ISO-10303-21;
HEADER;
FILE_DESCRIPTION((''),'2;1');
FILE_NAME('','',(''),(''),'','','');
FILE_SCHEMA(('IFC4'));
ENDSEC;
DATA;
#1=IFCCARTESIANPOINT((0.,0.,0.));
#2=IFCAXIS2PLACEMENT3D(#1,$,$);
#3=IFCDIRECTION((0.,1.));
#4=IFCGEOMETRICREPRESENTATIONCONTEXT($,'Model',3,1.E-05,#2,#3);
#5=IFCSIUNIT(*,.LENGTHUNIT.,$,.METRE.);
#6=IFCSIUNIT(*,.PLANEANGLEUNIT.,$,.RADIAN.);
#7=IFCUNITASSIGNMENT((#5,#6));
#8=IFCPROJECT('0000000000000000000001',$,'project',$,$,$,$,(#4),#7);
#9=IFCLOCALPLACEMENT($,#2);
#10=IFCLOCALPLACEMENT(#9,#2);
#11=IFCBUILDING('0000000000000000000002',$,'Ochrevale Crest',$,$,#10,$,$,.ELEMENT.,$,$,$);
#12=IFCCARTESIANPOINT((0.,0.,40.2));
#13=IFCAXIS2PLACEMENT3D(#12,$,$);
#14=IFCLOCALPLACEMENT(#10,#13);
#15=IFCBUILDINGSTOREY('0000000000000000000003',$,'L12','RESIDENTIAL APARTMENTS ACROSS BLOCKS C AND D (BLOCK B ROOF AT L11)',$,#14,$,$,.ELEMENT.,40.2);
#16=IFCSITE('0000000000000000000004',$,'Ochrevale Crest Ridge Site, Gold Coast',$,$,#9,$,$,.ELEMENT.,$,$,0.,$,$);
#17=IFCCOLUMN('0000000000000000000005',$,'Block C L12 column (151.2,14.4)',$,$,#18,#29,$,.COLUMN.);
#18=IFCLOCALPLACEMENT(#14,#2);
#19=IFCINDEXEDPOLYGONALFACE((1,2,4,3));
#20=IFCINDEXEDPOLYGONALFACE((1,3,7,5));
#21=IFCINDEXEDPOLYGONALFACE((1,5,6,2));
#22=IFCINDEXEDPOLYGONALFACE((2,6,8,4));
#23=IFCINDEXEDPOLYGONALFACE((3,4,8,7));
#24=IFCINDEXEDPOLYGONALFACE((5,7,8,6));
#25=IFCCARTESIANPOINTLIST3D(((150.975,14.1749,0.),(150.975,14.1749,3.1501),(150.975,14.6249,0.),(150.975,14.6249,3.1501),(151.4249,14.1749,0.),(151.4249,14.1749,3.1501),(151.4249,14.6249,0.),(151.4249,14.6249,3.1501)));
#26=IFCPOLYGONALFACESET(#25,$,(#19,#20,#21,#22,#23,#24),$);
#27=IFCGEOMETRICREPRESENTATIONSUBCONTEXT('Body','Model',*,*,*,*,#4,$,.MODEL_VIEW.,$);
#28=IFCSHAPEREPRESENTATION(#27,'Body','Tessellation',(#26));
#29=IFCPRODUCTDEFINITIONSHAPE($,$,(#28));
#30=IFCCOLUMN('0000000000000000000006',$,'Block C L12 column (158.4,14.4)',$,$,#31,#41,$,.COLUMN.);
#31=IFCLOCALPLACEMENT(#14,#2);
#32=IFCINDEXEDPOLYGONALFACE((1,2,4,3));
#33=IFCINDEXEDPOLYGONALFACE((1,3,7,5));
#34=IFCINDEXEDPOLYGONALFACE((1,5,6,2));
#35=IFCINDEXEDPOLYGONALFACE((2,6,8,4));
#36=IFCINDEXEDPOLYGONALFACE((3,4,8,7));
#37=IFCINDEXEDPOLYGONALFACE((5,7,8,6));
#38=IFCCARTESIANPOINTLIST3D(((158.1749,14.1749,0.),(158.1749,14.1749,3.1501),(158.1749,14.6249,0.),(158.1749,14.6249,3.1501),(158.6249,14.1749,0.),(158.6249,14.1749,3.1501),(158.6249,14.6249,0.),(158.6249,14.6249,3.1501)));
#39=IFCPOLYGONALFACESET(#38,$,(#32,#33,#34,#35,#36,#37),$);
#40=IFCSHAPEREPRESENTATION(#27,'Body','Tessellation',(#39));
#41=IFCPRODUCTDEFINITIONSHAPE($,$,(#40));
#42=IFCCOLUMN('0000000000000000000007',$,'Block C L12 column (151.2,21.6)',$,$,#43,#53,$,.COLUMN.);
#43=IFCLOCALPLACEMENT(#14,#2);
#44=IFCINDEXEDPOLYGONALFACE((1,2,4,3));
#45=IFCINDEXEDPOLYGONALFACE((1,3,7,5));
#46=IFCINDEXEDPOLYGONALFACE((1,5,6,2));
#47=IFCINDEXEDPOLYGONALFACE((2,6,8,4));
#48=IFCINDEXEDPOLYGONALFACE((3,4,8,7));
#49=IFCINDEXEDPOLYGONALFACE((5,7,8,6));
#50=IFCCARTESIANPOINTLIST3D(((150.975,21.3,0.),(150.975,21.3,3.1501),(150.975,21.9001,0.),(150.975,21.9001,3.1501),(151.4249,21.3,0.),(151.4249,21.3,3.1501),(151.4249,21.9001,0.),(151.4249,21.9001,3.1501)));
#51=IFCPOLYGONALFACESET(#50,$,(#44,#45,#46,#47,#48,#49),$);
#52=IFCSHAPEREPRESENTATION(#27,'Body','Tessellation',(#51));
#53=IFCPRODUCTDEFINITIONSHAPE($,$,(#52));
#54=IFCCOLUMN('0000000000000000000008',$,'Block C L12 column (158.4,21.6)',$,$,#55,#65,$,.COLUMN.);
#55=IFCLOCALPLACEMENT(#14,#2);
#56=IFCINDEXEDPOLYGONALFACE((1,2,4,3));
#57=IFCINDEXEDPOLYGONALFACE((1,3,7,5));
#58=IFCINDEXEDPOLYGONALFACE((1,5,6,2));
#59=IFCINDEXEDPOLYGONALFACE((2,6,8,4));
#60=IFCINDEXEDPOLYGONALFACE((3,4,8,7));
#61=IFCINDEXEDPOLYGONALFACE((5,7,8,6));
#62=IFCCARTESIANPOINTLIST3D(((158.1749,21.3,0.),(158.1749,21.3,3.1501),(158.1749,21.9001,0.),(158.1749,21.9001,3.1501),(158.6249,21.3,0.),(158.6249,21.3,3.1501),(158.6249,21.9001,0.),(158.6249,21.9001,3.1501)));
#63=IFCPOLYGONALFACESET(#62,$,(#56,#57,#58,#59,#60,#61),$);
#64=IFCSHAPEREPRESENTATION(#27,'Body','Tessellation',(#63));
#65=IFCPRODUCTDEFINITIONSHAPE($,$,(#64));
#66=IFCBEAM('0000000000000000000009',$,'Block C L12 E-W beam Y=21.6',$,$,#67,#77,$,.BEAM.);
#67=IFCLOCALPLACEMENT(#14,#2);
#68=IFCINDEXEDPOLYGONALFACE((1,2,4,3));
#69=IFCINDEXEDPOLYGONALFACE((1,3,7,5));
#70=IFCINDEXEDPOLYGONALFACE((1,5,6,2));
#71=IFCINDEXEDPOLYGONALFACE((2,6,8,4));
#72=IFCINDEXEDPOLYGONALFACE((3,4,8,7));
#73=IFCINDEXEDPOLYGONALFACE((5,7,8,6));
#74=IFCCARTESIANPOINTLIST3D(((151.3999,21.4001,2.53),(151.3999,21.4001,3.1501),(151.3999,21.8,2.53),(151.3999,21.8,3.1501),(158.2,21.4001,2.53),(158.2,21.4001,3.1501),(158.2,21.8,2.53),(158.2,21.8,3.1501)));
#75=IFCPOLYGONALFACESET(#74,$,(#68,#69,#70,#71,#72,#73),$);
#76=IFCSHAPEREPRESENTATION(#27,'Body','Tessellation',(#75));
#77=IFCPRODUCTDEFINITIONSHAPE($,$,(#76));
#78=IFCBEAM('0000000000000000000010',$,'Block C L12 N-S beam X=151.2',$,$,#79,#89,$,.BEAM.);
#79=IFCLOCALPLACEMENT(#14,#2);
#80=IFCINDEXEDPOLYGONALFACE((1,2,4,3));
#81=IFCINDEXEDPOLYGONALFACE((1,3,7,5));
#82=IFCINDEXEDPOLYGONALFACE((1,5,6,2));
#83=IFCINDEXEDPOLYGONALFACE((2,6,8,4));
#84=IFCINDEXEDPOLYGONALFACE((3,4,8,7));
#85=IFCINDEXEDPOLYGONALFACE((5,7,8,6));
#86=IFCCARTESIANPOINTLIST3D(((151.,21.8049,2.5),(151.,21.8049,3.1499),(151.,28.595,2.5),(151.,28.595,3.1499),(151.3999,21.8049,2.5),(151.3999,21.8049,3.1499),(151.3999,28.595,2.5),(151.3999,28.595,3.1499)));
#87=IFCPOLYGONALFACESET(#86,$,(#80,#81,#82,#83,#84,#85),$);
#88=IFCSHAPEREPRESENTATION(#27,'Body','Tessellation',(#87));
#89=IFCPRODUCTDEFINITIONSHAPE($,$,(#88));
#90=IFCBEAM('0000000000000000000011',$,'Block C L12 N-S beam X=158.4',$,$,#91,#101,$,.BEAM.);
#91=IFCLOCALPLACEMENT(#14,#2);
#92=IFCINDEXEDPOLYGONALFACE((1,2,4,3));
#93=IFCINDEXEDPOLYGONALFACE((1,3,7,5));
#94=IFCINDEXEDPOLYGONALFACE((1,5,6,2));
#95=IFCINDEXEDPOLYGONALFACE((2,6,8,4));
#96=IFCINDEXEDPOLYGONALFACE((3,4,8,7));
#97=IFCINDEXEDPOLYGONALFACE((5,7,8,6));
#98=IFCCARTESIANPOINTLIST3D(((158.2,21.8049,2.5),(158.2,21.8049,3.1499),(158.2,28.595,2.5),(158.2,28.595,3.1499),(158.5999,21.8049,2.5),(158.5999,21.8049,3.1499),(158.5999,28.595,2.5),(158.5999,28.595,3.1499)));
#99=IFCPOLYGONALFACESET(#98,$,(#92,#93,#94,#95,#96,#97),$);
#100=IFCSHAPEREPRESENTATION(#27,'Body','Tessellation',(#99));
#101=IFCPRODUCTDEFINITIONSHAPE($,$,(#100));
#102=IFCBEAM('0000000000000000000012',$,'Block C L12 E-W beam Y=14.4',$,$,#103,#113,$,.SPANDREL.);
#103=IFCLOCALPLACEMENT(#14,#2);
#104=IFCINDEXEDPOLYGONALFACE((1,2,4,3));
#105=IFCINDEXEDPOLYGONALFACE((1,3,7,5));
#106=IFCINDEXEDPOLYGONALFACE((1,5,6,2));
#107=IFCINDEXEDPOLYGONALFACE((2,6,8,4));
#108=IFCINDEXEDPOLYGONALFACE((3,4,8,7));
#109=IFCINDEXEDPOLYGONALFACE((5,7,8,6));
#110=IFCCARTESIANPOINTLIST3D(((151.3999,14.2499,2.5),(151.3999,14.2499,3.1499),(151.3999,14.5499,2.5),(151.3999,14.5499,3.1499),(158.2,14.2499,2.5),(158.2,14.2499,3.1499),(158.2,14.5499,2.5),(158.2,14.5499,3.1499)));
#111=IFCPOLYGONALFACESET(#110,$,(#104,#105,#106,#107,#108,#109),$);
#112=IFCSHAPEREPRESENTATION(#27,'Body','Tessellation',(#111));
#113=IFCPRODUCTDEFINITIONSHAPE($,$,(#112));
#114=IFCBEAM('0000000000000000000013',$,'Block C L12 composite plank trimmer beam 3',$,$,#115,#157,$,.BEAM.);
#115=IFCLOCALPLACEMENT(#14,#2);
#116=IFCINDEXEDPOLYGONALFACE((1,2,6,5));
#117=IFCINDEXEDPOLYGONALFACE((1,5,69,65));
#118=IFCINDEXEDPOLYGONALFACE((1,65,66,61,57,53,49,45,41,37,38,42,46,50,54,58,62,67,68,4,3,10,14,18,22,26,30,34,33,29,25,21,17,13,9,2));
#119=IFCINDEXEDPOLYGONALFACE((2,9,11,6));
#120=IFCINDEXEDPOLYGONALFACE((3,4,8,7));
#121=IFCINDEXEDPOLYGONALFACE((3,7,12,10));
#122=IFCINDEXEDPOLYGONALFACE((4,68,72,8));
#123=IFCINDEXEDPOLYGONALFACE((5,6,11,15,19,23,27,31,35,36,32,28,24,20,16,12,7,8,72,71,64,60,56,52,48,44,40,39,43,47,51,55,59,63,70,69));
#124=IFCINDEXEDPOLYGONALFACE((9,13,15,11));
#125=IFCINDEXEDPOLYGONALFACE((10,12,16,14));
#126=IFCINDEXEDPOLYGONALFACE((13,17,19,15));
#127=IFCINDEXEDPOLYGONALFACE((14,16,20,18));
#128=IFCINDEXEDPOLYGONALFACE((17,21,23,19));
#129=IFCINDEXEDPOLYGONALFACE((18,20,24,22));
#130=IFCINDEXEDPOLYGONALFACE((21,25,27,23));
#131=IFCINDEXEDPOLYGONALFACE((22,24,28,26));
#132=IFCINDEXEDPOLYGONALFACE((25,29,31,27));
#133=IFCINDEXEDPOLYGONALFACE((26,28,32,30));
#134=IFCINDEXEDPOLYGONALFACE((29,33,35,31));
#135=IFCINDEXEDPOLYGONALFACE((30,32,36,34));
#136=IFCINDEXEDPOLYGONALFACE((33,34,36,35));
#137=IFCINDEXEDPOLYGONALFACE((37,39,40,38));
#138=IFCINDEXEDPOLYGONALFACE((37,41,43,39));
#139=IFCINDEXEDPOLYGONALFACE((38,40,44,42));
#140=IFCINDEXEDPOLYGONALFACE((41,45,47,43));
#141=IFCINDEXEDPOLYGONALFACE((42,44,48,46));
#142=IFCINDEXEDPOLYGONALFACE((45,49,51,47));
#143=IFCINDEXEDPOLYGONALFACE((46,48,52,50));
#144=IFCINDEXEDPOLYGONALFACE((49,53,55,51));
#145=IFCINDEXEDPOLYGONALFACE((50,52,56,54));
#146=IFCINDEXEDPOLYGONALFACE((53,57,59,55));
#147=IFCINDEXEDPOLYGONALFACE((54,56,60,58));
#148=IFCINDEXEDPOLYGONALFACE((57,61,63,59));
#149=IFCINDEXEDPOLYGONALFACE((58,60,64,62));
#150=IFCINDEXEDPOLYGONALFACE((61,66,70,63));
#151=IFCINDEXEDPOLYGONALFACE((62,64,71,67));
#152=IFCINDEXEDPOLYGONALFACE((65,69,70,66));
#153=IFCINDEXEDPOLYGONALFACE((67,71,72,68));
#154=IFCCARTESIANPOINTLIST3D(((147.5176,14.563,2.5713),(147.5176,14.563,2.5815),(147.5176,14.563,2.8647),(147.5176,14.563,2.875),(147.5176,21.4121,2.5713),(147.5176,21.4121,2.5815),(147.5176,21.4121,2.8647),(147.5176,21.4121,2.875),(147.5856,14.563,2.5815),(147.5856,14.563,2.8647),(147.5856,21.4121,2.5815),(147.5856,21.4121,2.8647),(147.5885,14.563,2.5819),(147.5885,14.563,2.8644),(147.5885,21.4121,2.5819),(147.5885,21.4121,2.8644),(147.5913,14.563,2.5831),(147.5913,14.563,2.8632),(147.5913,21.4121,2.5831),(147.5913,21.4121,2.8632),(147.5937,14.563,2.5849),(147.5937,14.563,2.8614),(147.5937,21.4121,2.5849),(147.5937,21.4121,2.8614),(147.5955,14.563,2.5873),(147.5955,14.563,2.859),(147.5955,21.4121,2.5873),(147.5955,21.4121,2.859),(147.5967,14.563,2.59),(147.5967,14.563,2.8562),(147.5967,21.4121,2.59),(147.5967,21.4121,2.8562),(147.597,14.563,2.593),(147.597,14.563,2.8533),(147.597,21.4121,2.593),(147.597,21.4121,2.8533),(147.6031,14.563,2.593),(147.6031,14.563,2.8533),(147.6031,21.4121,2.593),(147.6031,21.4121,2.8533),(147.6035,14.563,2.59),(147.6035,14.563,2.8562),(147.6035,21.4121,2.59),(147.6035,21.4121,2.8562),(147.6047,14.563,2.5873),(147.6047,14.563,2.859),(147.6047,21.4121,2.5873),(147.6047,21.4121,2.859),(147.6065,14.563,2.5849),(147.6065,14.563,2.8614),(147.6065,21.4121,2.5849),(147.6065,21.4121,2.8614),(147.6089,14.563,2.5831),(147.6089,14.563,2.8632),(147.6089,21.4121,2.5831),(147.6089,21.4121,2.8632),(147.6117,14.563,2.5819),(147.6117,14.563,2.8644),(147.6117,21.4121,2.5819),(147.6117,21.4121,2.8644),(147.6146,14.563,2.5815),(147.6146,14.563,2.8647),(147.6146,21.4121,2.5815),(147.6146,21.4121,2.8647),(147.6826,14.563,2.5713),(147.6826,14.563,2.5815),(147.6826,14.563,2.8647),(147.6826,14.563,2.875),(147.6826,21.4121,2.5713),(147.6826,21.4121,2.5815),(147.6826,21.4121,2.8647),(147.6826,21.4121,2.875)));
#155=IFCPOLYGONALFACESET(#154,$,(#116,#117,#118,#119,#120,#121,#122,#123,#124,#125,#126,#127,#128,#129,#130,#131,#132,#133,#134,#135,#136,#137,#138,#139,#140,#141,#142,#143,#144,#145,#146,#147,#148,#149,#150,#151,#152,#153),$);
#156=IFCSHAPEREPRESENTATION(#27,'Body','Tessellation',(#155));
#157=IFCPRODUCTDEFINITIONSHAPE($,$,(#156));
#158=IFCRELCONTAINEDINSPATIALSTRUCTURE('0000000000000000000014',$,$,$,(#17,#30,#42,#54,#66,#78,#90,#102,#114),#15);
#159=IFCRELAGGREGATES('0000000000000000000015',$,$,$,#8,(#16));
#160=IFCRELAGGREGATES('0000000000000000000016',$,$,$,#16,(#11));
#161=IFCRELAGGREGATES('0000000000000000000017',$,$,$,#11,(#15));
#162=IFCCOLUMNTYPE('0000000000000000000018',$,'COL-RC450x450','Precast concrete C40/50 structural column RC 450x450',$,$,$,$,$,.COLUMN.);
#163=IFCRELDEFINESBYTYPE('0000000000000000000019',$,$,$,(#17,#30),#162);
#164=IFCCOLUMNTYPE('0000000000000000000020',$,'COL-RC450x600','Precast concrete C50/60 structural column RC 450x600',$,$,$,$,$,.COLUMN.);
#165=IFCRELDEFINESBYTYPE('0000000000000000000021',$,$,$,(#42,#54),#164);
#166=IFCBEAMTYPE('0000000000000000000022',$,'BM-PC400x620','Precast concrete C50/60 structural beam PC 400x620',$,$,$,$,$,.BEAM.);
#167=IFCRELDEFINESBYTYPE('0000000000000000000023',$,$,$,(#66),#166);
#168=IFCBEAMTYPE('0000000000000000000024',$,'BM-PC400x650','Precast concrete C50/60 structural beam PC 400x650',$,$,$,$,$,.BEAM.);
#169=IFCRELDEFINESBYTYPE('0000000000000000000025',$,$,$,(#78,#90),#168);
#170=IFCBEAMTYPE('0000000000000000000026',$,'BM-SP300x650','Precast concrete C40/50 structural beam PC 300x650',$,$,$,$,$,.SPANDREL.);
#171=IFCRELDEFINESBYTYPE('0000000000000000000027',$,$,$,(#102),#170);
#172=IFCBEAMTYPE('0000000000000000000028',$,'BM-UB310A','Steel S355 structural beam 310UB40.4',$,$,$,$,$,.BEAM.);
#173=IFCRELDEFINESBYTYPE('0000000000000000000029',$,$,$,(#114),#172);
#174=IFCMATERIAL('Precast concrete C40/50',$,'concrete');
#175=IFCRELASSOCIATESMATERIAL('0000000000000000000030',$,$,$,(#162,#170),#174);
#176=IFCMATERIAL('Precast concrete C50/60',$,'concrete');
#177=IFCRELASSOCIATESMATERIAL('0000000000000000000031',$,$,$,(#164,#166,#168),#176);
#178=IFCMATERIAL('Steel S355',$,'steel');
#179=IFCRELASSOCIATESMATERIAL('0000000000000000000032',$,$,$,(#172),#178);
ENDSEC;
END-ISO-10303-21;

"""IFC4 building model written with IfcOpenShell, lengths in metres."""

from ifc_helpers import new_model, si_unit, direction, frame, origin, origin_2d, place, context, subcontext, project, spatial, rectangle, i_section, extrude, material, material_profile, profile_set, type_object, element, save


model = new_model("IFC4")

# Units and contexts
model_context = context("Model", 3, precision=1e-05, world=origin(), true_north=direction((0.0, 1.0)))
body_context = subcontext(model_context, "Body", "Model", "MODEL_VIEW")
ifc_project = project(units=[si_unit("LENGTHUNIT", "METRE"), si_unit("PLANEANGLEUNIT", "RADIAN")], contexts=[model_context])

# Site, building, storey
site_placement = place(None, origin())
site = spatial("IfcSite", under=ifc_project, at=site_placement, Name="Ochrevale Crest Ridge Site, Gold Coast", CompositionType="ELEMENT", RefElevation=0.0)
building_placement = place(site_placement, origin())
building = spatial("IfcBuilding", under=site, at=building_placement, Name="Ochrevale Crest", CompositionType="ELEMENT")
storey_placement = place(building_placement, frame((0.0, 0.0, 40.2)))
storey = spatial("IfcBuildingStorey", under=building, at=storey_placement, Name="L12", Description="RESIDENTIAL APARTMENTS ACROSS BLOCKS C AND D (BLOCK B ROOF AT L11)", CompositionType="ELEMENT", Elevation=40.2)

# Columns
ifc_material_1 = material(Name="Precast concrete C40/50", Category="concrete")
ifc_material_profile_1 = material_profile(ifc_material_1, rectangle(XDim=0.45, YDim=0.45, at=origin_2d()), Name="RC 450x450")
ifc_profile_set_1 = profile_set([ifc_material_profile_1], Name="Precast concrete C40/50")
column_type_1 = type_object("IfcColumnType", Name="COL-RC450x450", Description="Precast concrete C40/50 structural column RC 450x450", PredefinedType="COLUMN", material=ifc_profile_set_1)
for number, where, z_axis, x_axis, name in (
    (1, (151.2, 14.3999, 0.0), (0.0, 0.0, 1.0), (1.0, 0.0, 0.0), "Block C L12 column (151.2,14.4)"),
    (2, (158.3999, 14.3999, 0.0), (0.0, 0.0, 1.0), (1.0, 0.0, 0.0), "Block C L12 column (158.4,14.4)"),
):
    element("IfcColumn", number, at=place(storey_placement, frame(where, z_axis=z_axis, x_axis=x_axis)), inside=storey, type_object=column_type_1, Name=name, PredefinedType="COLUMN", context=body_context, shape_type="SweptSolid", body=[
        extrude(rectangle(XDim=0.45, YDim=0.45, at=origin_2d()), origin(), (0.0, 0.0, 1.0), 3.1501),
    ])
ifc_material_2 = material(Name="Precast concrete C50/60", Category="concrete")
ifc_material_profile_2 = material_profile(ifc_material_2, rectangle(XDim=0.45, YDim=0.6001, at=origin_2d()), Name="RC 450x600")
ifc_profile_set_2 = profile_set([ifc_material_profile_2], Name="Precast concrete C50/60")
column_type_2 = type_object("IfcColumnType", Name="COL-RC450x600", Description="Precast concrete C50/60 structural column RC 450x600", PredefinedType="COLUMN", material=ifc_profile_set_2)
for number, where, z_axis, x_axis, name in (
    (3, (151.2, 21.6001, 0.0), (0.0, 0.0, 1.0), (1.0, 0.0, 0.0), "Block C L12 column (151.2,21.6)"),
    (4, (158.3999, 21.6001, 0.0), (0.0, 0.0, 1.0), (1.0, 0.0, 0.0), "Block C L12 column (158.4,21.6)"),
):
    element("IfcColumn", number, at=place(storey_placement, frame(where, z_axis=z_axis, x_axis=x_axis)), inside=storey, type_object=column_type_2, Name=name, PredefinedType="COLUMN", context=body_context, shape_type="SweptSolid", body=[
        extrude(rectangle(XDim=0.45, YDim=0.6001, at=origin_2d()), origin(), (0.0, 0.0, 1.0), 3.1501),
    ])

# Beams
ifc_material_profile_3 = material_profile(ifc_material_2, rectangle(XDim=0.3999, YDim=0.6201, at=origin_2d()), Name="PC 400x620")
ifc_profile_set_3 = profile_set([ifc_material_profile_3], Name="Precast concrete C50/60")
beam_type_1 = type_object("IfcBeamType", Name="BM-PC400x620", Description="Precast concrete C50/60 structural beam PC 400x620", PredefinedType="BEAM", material=ifc_profile_set_3)
beam_1_placement = place(storey_placement, frame((151.3999, 21.6001, 2.8401), z_axis=(1.0, 0.0, 0.0), x_axis=(0.0, 1.0, 0.0)))
element("IfcBeam", 5, at=beam_1_placement, inside=storey, type_object=beam_type_1, Name="Block C L12 E-W beam Y=21.6", PredefinedType="BEAM", context=body_context, shape_type="SweptSolid", body=[
    extrude(rectangle(XDim=0.3999, YDim=0.6201, at=origin_2d()), origin(), (0.0, 0.0, 1.0), 6.8),
])
ifc_material_profile_4 = material_profile(ifc_material_2, rectangle(XDim=0.3999, YDim=0.6499, at=origin_2d()), Name="PC 400x650")
ifc_profile_set_4 = profile_set([ifc_material_profile_4], Name="Precast concrete C50/60")
beam_type_2 = type_object("IfcBeamType", Name="BM-PC400x650", Description="Precast concrete C50/60 structural beam PC 400x650", PredefinedType="BEAM", material=ifc_profile_set_4)
for number, where, z_axis, x_axis, name in (
    (6, (151.2, 21.8049, 2.825), (0.0, 1.0, 0.0), (-1.0, 0.0, 0.0), "Block C L12 N-S beam X=151.2"),
    (7, (158.3999, 21.8049, 2.825), (0.0, 1.0, 0.0), (-1.0, 0.0, 0.0), "Block C L12 N-S beam X=158.4"),
):
    element("IfcBeam", number, at=place(storey_placement, frame(where, z_axis=z_axis, x_axis=x_axis)), inside=storey, type_object=beam_type_2, Name=name, PredefinedType="BEAM", context=body_context, shape_type="SweptSolid", body=[
        extrude(rectangle(XDim=0.3999, YDim=0.6499, at=origin_2d()), origin(), (0.0, 0.0, 1.0), 6.79),
    ])
ifc_material_profile_5 = material_profile(ifc_material_1, rectangle(XDim=0.3, YDim=0.6499, at=origin_2d()), Name="PC 300x650")
ifc_profile_set_5 = profile_set([ifc_material_profile_5], Name="Precast concrete C40/50")
beam_type_3 = type_object("IfcBeamType", Name="BM-SP300x650", Description="Precast concrete C40/50 structural beam PC 300x650", PredefinedType="SPANDREL", material=ifc_profile_set_5)
beam_2_placement = place(storey_placement, frame((151.3999, 14.3999, 2.825), z_axis=(1.0, 0.0, 0.0), x_axis=(0.0, 1.0, 0.0)))
element("IfcBeam", 8, at=beam_2_placement, inside=storey, type_object=beam_type_3, Name="Block C L12 E-W beam Y=14.4", PredefinedType="SPANDREL", context=body_context, shape_type="SweptSolid", body=[
    extrude(rectangle(XDim=0.3, YDim=0.6499, at=origin_2d()), origin(), (0.0, 0.0, 1.0), 6.8),
])
ifc_material_3 = material(Name="Steel S355", Category="steel")
ifc_material_profile_6 = material_profile(ifc_material_3, i_section(OverallWidth=0.165, OverallDepth=0.3037, WebThickness=0.0061, FlangeThickness=0.0103, FilletRadius=0.0115, at=origin_2d()), Name="310UB40.4")
ifc_profile_set_6 = profile_set([ifc_material_profile_6], Name="Steel S355")
beam_type_4 = type_object("IfcBeamType", Name="BM-UB310A", Description="Steel S355 structural beam 310UB40.4", PredefinedType="BEAM", material=ifc_profile_set_6)
beam_3_placement = place(storey_placement, frame((147.6001, 14.563, 2.7231), z_axis=(0.0, 1.0, 0.0), x_axis=(-1.0, 0.0, 0.0)))
element("IfcBeam", 9, at=beam_3_placement, inside=storey, type_object=beam_type_4, Name="Block C L12 composite plank trimmer beam 3", PredefinedType="BEAM", context=body_context, shape_type="SweptSolid", body=[
    extrude(i_section(OverallWidth=0.165, OverallDepth=0.3037, WebThickness=0.0061, FlangeThickness=0.0103, FilletRadius=0.0115, at=origin_2d()), origin(), (0.0, 0.0, 1.0), 6.8491),
])

save(model, "model.ifc")
